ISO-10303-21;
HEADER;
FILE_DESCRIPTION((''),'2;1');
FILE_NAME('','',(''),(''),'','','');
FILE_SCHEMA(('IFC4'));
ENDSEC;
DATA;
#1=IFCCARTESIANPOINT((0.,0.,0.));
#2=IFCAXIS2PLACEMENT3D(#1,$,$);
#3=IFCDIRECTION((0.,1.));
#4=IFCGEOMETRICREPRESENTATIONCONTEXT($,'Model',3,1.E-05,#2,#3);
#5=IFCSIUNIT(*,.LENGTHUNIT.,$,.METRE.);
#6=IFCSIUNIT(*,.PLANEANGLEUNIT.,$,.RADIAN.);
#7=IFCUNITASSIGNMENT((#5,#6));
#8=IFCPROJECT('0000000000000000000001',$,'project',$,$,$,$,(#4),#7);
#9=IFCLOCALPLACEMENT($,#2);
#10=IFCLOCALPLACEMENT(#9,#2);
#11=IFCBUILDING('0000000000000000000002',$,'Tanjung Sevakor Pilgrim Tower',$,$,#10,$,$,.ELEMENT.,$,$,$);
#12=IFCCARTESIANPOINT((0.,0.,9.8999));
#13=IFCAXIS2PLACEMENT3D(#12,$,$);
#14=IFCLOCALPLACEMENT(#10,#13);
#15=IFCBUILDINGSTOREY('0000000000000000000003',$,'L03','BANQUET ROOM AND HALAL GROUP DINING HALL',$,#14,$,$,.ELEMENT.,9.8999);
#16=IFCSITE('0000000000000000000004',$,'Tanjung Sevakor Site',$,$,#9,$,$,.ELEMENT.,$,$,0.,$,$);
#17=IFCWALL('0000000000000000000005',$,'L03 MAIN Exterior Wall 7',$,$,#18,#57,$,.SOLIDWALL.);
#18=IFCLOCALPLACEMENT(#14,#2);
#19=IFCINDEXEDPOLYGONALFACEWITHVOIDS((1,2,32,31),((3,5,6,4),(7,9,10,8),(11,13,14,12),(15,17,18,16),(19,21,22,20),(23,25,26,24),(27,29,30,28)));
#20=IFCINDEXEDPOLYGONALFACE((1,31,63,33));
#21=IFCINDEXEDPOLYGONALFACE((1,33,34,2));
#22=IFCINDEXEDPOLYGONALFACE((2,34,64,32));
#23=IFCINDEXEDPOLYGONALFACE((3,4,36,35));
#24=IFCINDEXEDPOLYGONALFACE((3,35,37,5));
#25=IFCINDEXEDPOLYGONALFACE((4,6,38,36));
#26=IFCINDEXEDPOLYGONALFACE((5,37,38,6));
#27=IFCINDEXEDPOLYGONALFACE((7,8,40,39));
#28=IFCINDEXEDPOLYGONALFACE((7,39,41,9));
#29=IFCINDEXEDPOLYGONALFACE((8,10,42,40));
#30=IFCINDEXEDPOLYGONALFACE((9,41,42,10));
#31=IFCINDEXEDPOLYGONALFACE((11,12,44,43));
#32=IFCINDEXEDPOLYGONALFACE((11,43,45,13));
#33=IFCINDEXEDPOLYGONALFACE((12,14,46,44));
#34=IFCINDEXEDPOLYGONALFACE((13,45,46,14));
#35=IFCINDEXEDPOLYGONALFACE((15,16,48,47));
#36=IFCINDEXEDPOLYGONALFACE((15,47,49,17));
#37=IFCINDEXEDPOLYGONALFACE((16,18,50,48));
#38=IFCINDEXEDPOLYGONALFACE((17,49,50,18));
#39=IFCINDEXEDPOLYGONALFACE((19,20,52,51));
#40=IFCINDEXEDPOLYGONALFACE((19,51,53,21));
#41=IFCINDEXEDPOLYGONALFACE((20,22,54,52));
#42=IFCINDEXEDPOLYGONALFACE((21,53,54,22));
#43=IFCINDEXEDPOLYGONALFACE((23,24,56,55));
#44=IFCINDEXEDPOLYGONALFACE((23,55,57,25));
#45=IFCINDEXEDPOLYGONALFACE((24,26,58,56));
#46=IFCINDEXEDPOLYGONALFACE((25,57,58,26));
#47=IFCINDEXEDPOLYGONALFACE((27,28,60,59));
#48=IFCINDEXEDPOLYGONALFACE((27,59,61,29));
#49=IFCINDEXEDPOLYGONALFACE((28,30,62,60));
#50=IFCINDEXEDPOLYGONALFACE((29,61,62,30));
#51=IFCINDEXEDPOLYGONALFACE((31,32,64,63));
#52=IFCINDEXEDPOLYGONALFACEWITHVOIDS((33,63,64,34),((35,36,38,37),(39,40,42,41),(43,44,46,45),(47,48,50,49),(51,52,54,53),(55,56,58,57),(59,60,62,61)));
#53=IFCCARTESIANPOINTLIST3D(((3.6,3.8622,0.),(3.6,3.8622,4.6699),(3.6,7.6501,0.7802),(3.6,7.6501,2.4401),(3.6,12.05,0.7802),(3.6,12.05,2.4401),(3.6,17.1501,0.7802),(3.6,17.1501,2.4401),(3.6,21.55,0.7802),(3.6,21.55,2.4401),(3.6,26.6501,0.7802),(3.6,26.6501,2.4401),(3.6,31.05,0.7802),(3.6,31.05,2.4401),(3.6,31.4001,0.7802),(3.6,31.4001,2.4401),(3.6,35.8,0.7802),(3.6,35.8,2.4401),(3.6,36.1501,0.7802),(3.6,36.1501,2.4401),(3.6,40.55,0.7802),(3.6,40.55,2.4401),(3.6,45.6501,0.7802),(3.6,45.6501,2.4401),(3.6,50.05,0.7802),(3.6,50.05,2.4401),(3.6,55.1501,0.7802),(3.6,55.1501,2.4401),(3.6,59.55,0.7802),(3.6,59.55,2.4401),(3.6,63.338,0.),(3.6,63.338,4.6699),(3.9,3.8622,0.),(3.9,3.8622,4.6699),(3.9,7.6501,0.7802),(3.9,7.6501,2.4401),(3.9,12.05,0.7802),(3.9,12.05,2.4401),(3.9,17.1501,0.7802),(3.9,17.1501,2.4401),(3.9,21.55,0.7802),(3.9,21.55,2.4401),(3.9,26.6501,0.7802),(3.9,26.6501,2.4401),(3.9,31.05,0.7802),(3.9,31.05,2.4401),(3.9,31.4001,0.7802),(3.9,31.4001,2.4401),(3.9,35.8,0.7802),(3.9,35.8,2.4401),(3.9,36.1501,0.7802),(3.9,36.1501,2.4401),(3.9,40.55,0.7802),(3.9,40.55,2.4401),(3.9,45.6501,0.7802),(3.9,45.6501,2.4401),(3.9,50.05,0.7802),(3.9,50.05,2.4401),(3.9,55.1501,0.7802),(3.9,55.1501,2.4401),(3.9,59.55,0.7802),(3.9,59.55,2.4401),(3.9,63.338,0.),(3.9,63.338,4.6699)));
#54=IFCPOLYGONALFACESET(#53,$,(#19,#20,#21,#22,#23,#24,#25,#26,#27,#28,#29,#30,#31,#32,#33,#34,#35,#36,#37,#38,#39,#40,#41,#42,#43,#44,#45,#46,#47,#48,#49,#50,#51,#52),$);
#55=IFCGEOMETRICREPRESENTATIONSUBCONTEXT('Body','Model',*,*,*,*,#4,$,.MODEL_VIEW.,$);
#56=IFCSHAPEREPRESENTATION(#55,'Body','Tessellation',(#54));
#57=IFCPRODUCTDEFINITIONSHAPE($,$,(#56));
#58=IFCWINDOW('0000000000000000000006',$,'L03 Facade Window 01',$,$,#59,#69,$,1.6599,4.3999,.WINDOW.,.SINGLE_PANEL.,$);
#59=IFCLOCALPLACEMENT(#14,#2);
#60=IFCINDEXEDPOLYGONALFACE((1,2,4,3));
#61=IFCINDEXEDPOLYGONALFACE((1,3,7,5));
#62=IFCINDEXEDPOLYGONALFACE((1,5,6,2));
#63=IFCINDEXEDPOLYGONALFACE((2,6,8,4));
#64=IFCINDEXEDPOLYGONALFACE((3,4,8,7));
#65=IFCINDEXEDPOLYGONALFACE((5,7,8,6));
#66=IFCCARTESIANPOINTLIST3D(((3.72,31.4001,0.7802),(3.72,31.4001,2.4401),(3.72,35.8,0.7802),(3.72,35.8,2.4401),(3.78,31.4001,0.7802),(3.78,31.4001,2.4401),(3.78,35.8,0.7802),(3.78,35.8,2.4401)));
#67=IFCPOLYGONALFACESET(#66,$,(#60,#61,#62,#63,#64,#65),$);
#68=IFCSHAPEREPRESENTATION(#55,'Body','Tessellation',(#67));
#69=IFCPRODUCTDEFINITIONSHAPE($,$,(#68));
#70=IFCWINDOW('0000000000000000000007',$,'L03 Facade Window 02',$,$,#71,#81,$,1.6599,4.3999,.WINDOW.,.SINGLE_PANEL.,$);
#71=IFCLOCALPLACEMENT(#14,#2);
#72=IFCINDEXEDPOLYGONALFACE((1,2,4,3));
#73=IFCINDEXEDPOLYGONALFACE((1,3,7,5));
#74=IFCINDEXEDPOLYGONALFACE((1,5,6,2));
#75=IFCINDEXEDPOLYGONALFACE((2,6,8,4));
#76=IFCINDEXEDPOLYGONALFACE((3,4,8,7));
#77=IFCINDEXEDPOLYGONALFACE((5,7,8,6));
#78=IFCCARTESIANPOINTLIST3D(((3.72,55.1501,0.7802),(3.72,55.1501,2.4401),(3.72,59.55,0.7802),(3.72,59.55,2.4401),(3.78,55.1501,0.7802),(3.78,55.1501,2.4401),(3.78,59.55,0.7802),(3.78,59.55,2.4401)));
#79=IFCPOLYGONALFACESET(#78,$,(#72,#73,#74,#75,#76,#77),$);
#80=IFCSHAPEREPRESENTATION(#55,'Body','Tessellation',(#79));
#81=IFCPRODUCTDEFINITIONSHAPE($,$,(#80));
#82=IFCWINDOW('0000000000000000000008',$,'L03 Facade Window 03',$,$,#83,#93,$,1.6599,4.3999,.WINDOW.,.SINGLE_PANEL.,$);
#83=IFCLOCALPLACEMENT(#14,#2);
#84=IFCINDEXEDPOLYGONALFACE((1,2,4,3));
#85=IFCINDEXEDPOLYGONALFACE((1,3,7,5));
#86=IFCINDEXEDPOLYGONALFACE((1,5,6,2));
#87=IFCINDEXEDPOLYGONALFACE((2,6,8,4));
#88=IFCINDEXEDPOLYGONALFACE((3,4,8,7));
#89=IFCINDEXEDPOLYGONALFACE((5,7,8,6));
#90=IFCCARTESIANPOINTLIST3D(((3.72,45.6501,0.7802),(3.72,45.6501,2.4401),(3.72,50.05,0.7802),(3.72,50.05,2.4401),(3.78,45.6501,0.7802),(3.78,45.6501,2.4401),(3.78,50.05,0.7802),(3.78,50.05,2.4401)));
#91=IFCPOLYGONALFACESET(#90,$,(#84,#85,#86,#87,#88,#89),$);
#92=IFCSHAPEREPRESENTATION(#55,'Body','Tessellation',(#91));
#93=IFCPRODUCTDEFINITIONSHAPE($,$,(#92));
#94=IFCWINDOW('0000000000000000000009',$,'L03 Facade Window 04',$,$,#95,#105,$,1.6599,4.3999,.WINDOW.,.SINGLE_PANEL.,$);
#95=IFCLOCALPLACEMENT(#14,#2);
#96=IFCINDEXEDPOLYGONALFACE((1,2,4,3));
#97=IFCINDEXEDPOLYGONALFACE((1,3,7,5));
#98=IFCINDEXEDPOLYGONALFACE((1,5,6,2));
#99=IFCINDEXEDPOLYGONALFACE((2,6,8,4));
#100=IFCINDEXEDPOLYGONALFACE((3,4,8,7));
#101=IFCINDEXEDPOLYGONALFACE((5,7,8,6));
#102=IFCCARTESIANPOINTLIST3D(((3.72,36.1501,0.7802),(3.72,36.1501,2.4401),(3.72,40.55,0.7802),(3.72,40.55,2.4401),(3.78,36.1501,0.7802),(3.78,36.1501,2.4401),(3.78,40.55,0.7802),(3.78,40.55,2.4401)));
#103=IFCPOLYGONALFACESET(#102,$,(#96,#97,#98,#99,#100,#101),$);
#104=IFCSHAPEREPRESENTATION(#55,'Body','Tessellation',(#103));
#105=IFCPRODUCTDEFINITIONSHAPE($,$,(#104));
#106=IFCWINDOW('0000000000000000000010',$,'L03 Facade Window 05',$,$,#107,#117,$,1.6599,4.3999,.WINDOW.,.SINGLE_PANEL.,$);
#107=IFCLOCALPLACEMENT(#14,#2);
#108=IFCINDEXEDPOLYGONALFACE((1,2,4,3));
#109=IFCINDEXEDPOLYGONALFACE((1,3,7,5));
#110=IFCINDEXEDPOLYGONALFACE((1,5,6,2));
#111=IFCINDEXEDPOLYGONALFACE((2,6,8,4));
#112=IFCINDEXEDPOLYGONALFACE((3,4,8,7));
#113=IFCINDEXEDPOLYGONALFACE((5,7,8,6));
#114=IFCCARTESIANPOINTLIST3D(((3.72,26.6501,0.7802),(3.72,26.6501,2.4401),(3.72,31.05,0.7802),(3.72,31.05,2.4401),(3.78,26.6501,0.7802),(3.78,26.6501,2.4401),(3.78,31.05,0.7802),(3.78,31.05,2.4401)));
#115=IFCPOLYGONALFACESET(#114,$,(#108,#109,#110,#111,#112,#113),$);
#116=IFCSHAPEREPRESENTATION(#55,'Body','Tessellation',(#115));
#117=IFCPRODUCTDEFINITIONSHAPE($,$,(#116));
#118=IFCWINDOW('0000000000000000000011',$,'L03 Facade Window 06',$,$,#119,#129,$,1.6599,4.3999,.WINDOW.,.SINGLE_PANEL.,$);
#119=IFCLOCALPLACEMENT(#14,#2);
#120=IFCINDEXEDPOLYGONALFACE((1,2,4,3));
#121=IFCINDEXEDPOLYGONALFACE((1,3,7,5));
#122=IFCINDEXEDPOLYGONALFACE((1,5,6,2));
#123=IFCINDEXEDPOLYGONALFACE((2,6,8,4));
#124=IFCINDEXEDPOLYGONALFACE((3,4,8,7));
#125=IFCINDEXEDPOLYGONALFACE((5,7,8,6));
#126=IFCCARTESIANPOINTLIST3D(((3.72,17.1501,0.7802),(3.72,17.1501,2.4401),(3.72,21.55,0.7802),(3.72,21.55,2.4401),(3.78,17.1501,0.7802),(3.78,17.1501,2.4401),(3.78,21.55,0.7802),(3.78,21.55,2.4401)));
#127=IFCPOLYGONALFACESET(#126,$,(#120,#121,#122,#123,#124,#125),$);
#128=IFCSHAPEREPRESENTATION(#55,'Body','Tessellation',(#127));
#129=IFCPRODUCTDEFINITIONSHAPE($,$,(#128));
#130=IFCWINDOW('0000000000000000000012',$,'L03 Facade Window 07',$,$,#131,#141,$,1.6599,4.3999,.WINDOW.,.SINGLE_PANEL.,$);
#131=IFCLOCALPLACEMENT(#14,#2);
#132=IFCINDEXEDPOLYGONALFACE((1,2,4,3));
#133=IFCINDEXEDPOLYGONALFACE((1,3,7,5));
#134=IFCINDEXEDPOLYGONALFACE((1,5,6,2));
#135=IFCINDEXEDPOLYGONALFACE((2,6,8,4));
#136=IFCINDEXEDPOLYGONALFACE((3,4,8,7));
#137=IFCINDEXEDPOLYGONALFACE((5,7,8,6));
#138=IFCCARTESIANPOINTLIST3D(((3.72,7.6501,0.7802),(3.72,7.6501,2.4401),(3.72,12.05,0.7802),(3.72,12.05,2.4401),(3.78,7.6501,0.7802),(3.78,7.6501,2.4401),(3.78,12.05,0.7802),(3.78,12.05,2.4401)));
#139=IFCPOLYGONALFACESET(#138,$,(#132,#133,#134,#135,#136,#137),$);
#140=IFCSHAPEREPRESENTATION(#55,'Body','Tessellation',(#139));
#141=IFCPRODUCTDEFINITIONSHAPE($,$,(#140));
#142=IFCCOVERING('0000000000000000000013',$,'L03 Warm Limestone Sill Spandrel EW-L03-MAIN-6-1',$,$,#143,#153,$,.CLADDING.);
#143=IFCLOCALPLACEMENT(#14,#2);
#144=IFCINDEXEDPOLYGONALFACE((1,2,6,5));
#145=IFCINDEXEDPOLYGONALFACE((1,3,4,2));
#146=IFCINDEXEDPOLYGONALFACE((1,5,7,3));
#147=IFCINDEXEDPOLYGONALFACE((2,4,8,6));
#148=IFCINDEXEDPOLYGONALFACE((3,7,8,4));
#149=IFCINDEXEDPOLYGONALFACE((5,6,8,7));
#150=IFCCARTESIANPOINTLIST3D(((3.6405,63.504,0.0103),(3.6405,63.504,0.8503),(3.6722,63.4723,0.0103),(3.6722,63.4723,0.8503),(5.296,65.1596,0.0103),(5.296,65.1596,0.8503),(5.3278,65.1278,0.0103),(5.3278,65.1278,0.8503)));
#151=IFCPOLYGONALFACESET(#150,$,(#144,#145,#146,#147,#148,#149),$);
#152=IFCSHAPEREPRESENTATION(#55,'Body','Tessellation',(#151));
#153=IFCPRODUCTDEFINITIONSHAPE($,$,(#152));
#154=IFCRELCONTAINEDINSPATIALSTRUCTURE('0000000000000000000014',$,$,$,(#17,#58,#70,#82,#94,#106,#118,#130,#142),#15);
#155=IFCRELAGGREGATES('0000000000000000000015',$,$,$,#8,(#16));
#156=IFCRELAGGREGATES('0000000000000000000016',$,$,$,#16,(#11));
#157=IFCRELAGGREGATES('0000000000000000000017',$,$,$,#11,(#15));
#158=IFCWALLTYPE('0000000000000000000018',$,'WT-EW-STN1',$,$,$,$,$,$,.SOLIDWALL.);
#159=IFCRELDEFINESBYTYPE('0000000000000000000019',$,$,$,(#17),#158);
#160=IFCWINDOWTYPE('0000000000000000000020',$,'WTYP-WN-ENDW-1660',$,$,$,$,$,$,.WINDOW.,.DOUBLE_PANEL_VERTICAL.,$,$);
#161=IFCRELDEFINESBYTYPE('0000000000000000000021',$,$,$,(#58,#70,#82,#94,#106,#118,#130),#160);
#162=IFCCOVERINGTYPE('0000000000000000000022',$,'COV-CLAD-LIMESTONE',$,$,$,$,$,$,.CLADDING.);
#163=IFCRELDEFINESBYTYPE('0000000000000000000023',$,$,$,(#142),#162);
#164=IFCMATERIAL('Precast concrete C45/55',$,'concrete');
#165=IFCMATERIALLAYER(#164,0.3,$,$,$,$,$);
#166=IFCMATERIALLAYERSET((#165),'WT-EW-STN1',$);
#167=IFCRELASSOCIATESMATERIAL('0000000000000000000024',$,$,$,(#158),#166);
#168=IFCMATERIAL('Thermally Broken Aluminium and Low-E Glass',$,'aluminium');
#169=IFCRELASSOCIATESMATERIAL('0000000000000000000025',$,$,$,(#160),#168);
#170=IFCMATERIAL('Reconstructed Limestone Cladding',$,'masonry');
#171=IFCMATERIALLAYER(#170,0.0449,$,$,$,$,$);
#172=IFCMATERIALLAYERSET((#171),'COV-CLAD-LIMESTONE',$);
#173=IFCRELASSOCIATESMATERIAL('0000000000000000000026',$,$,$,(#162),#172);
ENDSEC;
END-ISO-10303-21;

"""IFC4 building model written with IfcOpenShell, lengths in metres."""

from ifc_helpers import new_model, si_unit, direction, frame, frame_2d, origin, origin_2d, place, context, subcontext, project, spatial, rectangle, extrude, material, layer, layer_set, type_object, element, fill, save


model = new_model("IFC4")

# Units and contexts
model_context = context("Model", 3, precision=1e-05, world=origin(), true_north=direction((0.0, 1.0)))
body_context = subcontext(model_context, "Body", "Model", "MODEL_VIEW")
ifc_project = project(units=[si_unit("LENGTHUNIT", "METRE"), si_unit("PLANEANGLEUNIT", "RADIAN")], contexts=[model_context])

# Site, building, storey
site_placement = place(None, origin())
site = spatial("IfcSite", under=ifc_project, at=site_placement, Name="Tanjung Sevakor Site", CompositionType="ELEMENT", RefElevation=0.0)
building_placement = place(site_placement, origin())
building = spatial("IfcBuilding", under=site, at=building_placement, Name="Tanjung Sevakor Pilgrim Tower", CompositionType="ELEMENT")
storey_placement = place(building_placement, frame((0.0, 0.0, 9.8999)))
storey = spatial("IfcBuildingStorey", under=building, at=storey_placement, Name="L03", Description="BANQUET ROOM AND HALAL GROUP DINING HALL", CompositionType="ELEMENT", Elevation=9.8999)

# Shared definitions
ifc_material_1 = material(Name="Precast concrete C45/55", Category="concrete")
ifc_layer_1 = layer(ifc_material_1, 0.3)
ifc_layer_set_1 = layer_set([ifc_layer_1], Name="WT-EW-STN1")
wall_type_1 = type_object("IfcWallType", Name="WT-EW-STN1", PredefinedType="SOLIDWALL", material=ifc_layer_set_1)

# Wall, openings, windows
wall_1_placement = place(storey_placement, frame((3.75, 63.3379, 0.0), z_axis=(0.0, 0.0, 1.0), x_axis=(0.0, -1.0, 0.0)))
wall_1 = element("IfcWall", 1, at=wall_1_placement, inside=storey, type_object=wall_type_1, Name="L03 MAIN Exterior Wall 7", PredefinedType="SOLIDWALL", context=body_context, shape_type="SweptSolid", body=[
    extrude(rectangle(XDim=59.4758, YDim=0.3, at=frame_2d((29.7378, 0.0))), origin(), (0.0, 0.0, 1.0), 4.6699),
])
opening_1_placement = place(wall_1_placement, frame((27.5378, 0.0, 0.78)))
opening_1 = element("IfcOpeningElement", 2, at=opening_1_placement, cuts=wall_1, PredefinedType="OPENING", context=body_context, shape_type="SweptSolid", body=[
    extrude(rectangle(XDim=4.3999, YDim=1.6599, at=frame_2d((2.2, 0.8301))), frame((0.0, 0.1599, 0.0), z_axis=(0.0, -1.0, 0.0), x_axis=(1.0, 0.0, 0.0)), (0.0, 0.0, 1.0), 0.3201),
])
opening_2_placement = place(wall_1_placement, frame((3.7878, 0.0, 0.78)))
opening_2 = element("IfcOpeningElement", 3, at=opening_2_placement, cuts=wall_1, PredefinedType="OPENING", context=body_context, shape_type="SweptSolid", body=[
    extrude(rectangle(XDim=4.3999, YDim=1.6599, at=frame_2d((2.2, 0.8301))), frame((0.0, 0.1599, 0.0), z_axis=(0.0, -1.0, 0.0), x_axis=(1.0, 0.0, 0.0)), (0.0, 0.0, 1.0), 0.3201),
])
opening_3_placement = place(wall_1_placement, frame((13.2878, 0.0, 0.78)))
opening_3 = element("IfcOpeningElement", 4, at=opening_3_placement, cuts=wall_1, PredefinedType="OPENING", context=body_context, shape_type="SweptSolid", body=[
    extrude(rectangle(XDim=4.3999, YDim=1.6599, at=frame_2d((2.2, 0.8301))), frame((0.0, 0.1599, 0.0), z_axis=(0.0, -1.0, 0.0), x_axis=(1.0, 0.0, 0.0)), (0.0, 0.0, 1.0), 0.3201),
])
opening_4_placement = place(wall_1_placement, frame((22.7878, 0.0, 0.78)))
opening_4 = element("IfcOpeningElement", 5, at=opening_4_placement, cuts=wall_1, PredefinedType="OPENING", context=body_context, shape_type="SweptSolid", body=[
    extrude(rectangle(XDim=4.3999, YDim=1.6599, at=frame_2d((2.2, 0.8301))), frame((0.0, 0.1599, 0.0), z_axis=(0.0, -1.0, 0.0), x_axis=(1.0, 0.0, 0.0)), (0.0, 0.0, 1.0), 0.3201),
])
opening_5_placement = place(wall_1_placement, frame((32.2878, 0.0, 0.78)))
opening_5 = element("IfcOpeningElement", 6, at=opening_5_placement, cuts=wall_1, PredefinedType="OPENING", context=body_context, shape_type="SweptSolid", body=[
    extrude(rectangle(XDim=4.3999, YDim=1.6599, at=frame_2d((2.2, 0.8301))), frame((0.0, 0.1599, 0.0), z_axis=(0.0, -1.0, 0.0), x_axis=(1.0, 0.0, 0.0)), (0.0, 0.0, 1.0), 0.3201),
])
opening_6_placement = place(wall_1_placement, frame((41.7878, 0.0, 0.78)))
opening_6 = element("IfcOpeningElement", 7, at=opening_6_placement, cuts=wall_1, PredefinedType="OPENING", context=body_context, shape_type="SweptSolid", body=[
    extrude(rectangle(XDim=4.3999, YDim=1.6599, at=frame_2d((2.2, 0.8301))), frame((0.0, 0.1599, 0.0), z_axis=(0.0, -1.0, 0.0), x_axis=(1.0, 0.0, 0.0)), (0.0, 0.0, 1.0), 0.3201),
])
opening_7_placement = place(wall_1_placement, frame((51.2878, 0.0, 0.78)))
opening_7 = element("IfcOpeningElement", 8, at=opening_7_placement, cuts=wall_1, PredefinedType="OPENING", context=body_context, shape_type="SweptSolid", body=[
    extrude(rectangle(XDim=4.3999, YDim=1.6599, at=frame_2d((2.2, 0.8301))), frame((0.0, 0.1599, 0.0), z_axis=(0.0, -1.0, 0.0), x_axis=(1.0, 0.0, 0.0)), (0.0, 0.0, 1.0), 0.3201),
])
ifc_material_2 = material(Name="Thermally Broken Aluminium and Low-E Glass", Category="aluminium")
window_type_1 = type_object("IfcWindowType", Name="WTYP-WN-ENDW-1660", PartitioningType="DOUBLE_PANEL_VERTICAL", PredefinedType="WINDOW", material=ifc_material_2)
window_1_placement = place(opening_1_placement, origin())
window_1 = element("IfcWindow", 9, at=window_1_placement, inside=storey, type_object=window_type_1, Name="L03 Facade Window 01", OverallHeight=1.6599, OverallWidth=4.3999, PartitioningType="SINGLE_PANEL", PredefinedType="WINDOW", context=body_context, shape_type="SweptSolid", body=[
    extrude(rectangle(XDim=4.3999, YDim=1.6599, at=frame_2d((2.2, 0.8301))), frame((0.0, 0.03, 0.0), z_axis=(0.0, -1.0, 0.0), x_axis=(1.0, 0.0, 0.0)), (0.0, 0.0, 1.0), 0.0601),
])
fill(opening_1, window_1)
window_2_placement = place(opening_2_placement, origin())
window_2 = element("IfcWindow", 10, at=window_2_placement, inside=storey, type_object=window_type_1, Name="L03 Facade Window 02", OverallHeight=1.6599, OverallWidth=4.3999, PartitioningType="SINGLE_PANEL", PredefinedType="WINDOW", context=body_context, shape_type="SweptSolid", body=[
    extrude(rectangle(XDim=4.3999, YDim=1.6599, at=frame_2d((2.2, 0.8301))), frame((0.0, 0.03, 0.0), z_axis=(0.0, -1.0, 0.0), x_axis=(1.0, 0.0, 0.0)), (0.0, 0.0, 1.0), 0.0601),
])
fill(opening_2, window_2)
window_3_placement = place(opening_3_placement, origin())
window_3 = element("IfcWindow", 11, at=window_3_placement, inside=storey, type_object=window_type_1, Name="L03 Facade Window 03", OverallHeight=1.6599, OverallWidth=4.3999, PartitioningType="SINGLE_PANEL", PredefinedType="WINDOW", context=body_context, shape_type="SweptSolid", body=[
    extrude(rectangle(XDim=4.3999, YDim=1.6599, at=frame_2d((2.2, 0.8301))), frame((0.0, 0.03, 0.0), z_axis=(0.0, -1.0, 0.0), x_axis=(1.0, 0.0, 0.0)), (0.0, 0.0, 1.0), 0.0601),
])
fill(opening_3, window_3)
window_4_placement = place(opening_4_placement, origin())
window_4 = element("IfcWindow", 12, at=window_4_placement, inside=storey, type_object=window_type_1, Name="L03 Facade Window 04", OverallHeight=1.6599, OverallWidth=4.3999, PartitioningType="SINGLE_PANEL", PredefinedType="WINDOW", context=body_context, shape_type="SweptSolid", body=[
    extrude(rectangle(XDim=4.3999, YDim=1.6599, at=frame_2d((2.2, 0.8301))), frame((0.0, 0.03, 0.0), z_axis=(0.0, -1.0, 0.0), x_axis=(1.0, 0.0, 0.0)), (0.0, 0.0, 1.0), 0.0601),
])
fill(opening_4, window_4)
window_5_placement = place(opening_5_placement, origin())
window_5 = element("IfcWindow", 13, at=window_5_placement, inside=storey, type_object=window_type_1, Name="L03 Facade Window 05", OverallHeight=1.6599, OverallWidth=4.3999, PartitioningType="SINGLE_PANEL", PredefinedType="WINDOW", context=body_context, shape_type="SweptSolid", body=[
    extrude(rectangle(XDim=4.3999, YDim=1.6599, at=frame_2d((2.2, 0.8301))), frame((0.0, 0.03, 0.0), z_axis=(0.0, -1.0, 0.0), x_axis=(1.0, 0.0, 0.0)), (0.0, 0.0, 1.0), 0.0601),
])
fill(opening_5, window_5)
window_6_placement = place(opening_6_placement, origin())
window_6 = element("IfcWindow", 14, at=window_6_placement, inside=storey, type_object=window_type_1, Name="L03 Facade Window 06", OverallHeight=1.6599, OverallWidth=4.3999, PartitioningType="SINGLE_PANEL", PredefinedType="WINDOW", context=body_context, shape_type="SweptSolid", body=[
    extrude(rectangle(XDim=4.3999, YDim=1.6599, at=frame_2d((2.2, 0.8301))), frame((0.0, 0.03, 0.0), z_axis=(0.0, -1.0, 0.0), x_axis=(1.0, 0.0, 0.0)), (0.0, 0.0, 1.0), 0.0601),
])
fill(opening_6, window_6)
window_7_placement = place(opening_7_placement, origin())
window_7 = element("IfcWindow", 15, at=window_7_placement, inside=storey, type_object=window_type_1, Name="L03 Facade Window 07", OverallHeight=1.6599, OverallWidth=4.3999, PartitioningType="SINGLE_PANEL", PredefinedType="WINDOW", context=body_context, shape_type="SweptSolid", body=[
    extrude(rectangle(XDim=4.3999, YDim=1.6599, at=frame_2d((2.2, 0.8301))), frame((0.0, 0.03, 0.0), z_axis=(0.0, -1.0, 0.0), x_axis=(1.0, 0.0, 0.0)), (0.0, 0.0, 1.0), 0.0601),
])
fill(opening_7, window_7)

# Covering
ifc_material_3 = material(Name="Reconstructed Limestone Cladding", Category="masonry")
ifc_layer_2 = layer(ifc_material_3, 0.0449)
ifc_layer_set_2 = layer_set([ifc_layer_2], Name="COV-CLAD-LIMESTONE")
covering_type = type_object("IfcCoveringType", Name="COV-CLAD-LIMESTONE", PredefinedType="CLADDING", material=ifc_layer_set_2)
covering_placement = place(storey_placement, frame((4.4841, 64.3159, 0.0103), z_axis=(0.0, 0.0, 1.0), x_axis=(-0.707107, -0.707107, 0.0)))
element("IfcCovering", 16, at=covering_placement, inside=storey, type_object=covering_type, Name="L03 Warm Limestone Sill Spandrel EW-L03-MAIN-6-1", PredefinedType="CLADDING", context=body_context, shape_type="SweptSolid", body=[
    extrude(rectangle(XDim=2.3413, YDim=0.0449, at=origin_2d()), origin(), (0.0, 0.0, 1.0), 0.8401),
])

save(model, "model.ifc")
